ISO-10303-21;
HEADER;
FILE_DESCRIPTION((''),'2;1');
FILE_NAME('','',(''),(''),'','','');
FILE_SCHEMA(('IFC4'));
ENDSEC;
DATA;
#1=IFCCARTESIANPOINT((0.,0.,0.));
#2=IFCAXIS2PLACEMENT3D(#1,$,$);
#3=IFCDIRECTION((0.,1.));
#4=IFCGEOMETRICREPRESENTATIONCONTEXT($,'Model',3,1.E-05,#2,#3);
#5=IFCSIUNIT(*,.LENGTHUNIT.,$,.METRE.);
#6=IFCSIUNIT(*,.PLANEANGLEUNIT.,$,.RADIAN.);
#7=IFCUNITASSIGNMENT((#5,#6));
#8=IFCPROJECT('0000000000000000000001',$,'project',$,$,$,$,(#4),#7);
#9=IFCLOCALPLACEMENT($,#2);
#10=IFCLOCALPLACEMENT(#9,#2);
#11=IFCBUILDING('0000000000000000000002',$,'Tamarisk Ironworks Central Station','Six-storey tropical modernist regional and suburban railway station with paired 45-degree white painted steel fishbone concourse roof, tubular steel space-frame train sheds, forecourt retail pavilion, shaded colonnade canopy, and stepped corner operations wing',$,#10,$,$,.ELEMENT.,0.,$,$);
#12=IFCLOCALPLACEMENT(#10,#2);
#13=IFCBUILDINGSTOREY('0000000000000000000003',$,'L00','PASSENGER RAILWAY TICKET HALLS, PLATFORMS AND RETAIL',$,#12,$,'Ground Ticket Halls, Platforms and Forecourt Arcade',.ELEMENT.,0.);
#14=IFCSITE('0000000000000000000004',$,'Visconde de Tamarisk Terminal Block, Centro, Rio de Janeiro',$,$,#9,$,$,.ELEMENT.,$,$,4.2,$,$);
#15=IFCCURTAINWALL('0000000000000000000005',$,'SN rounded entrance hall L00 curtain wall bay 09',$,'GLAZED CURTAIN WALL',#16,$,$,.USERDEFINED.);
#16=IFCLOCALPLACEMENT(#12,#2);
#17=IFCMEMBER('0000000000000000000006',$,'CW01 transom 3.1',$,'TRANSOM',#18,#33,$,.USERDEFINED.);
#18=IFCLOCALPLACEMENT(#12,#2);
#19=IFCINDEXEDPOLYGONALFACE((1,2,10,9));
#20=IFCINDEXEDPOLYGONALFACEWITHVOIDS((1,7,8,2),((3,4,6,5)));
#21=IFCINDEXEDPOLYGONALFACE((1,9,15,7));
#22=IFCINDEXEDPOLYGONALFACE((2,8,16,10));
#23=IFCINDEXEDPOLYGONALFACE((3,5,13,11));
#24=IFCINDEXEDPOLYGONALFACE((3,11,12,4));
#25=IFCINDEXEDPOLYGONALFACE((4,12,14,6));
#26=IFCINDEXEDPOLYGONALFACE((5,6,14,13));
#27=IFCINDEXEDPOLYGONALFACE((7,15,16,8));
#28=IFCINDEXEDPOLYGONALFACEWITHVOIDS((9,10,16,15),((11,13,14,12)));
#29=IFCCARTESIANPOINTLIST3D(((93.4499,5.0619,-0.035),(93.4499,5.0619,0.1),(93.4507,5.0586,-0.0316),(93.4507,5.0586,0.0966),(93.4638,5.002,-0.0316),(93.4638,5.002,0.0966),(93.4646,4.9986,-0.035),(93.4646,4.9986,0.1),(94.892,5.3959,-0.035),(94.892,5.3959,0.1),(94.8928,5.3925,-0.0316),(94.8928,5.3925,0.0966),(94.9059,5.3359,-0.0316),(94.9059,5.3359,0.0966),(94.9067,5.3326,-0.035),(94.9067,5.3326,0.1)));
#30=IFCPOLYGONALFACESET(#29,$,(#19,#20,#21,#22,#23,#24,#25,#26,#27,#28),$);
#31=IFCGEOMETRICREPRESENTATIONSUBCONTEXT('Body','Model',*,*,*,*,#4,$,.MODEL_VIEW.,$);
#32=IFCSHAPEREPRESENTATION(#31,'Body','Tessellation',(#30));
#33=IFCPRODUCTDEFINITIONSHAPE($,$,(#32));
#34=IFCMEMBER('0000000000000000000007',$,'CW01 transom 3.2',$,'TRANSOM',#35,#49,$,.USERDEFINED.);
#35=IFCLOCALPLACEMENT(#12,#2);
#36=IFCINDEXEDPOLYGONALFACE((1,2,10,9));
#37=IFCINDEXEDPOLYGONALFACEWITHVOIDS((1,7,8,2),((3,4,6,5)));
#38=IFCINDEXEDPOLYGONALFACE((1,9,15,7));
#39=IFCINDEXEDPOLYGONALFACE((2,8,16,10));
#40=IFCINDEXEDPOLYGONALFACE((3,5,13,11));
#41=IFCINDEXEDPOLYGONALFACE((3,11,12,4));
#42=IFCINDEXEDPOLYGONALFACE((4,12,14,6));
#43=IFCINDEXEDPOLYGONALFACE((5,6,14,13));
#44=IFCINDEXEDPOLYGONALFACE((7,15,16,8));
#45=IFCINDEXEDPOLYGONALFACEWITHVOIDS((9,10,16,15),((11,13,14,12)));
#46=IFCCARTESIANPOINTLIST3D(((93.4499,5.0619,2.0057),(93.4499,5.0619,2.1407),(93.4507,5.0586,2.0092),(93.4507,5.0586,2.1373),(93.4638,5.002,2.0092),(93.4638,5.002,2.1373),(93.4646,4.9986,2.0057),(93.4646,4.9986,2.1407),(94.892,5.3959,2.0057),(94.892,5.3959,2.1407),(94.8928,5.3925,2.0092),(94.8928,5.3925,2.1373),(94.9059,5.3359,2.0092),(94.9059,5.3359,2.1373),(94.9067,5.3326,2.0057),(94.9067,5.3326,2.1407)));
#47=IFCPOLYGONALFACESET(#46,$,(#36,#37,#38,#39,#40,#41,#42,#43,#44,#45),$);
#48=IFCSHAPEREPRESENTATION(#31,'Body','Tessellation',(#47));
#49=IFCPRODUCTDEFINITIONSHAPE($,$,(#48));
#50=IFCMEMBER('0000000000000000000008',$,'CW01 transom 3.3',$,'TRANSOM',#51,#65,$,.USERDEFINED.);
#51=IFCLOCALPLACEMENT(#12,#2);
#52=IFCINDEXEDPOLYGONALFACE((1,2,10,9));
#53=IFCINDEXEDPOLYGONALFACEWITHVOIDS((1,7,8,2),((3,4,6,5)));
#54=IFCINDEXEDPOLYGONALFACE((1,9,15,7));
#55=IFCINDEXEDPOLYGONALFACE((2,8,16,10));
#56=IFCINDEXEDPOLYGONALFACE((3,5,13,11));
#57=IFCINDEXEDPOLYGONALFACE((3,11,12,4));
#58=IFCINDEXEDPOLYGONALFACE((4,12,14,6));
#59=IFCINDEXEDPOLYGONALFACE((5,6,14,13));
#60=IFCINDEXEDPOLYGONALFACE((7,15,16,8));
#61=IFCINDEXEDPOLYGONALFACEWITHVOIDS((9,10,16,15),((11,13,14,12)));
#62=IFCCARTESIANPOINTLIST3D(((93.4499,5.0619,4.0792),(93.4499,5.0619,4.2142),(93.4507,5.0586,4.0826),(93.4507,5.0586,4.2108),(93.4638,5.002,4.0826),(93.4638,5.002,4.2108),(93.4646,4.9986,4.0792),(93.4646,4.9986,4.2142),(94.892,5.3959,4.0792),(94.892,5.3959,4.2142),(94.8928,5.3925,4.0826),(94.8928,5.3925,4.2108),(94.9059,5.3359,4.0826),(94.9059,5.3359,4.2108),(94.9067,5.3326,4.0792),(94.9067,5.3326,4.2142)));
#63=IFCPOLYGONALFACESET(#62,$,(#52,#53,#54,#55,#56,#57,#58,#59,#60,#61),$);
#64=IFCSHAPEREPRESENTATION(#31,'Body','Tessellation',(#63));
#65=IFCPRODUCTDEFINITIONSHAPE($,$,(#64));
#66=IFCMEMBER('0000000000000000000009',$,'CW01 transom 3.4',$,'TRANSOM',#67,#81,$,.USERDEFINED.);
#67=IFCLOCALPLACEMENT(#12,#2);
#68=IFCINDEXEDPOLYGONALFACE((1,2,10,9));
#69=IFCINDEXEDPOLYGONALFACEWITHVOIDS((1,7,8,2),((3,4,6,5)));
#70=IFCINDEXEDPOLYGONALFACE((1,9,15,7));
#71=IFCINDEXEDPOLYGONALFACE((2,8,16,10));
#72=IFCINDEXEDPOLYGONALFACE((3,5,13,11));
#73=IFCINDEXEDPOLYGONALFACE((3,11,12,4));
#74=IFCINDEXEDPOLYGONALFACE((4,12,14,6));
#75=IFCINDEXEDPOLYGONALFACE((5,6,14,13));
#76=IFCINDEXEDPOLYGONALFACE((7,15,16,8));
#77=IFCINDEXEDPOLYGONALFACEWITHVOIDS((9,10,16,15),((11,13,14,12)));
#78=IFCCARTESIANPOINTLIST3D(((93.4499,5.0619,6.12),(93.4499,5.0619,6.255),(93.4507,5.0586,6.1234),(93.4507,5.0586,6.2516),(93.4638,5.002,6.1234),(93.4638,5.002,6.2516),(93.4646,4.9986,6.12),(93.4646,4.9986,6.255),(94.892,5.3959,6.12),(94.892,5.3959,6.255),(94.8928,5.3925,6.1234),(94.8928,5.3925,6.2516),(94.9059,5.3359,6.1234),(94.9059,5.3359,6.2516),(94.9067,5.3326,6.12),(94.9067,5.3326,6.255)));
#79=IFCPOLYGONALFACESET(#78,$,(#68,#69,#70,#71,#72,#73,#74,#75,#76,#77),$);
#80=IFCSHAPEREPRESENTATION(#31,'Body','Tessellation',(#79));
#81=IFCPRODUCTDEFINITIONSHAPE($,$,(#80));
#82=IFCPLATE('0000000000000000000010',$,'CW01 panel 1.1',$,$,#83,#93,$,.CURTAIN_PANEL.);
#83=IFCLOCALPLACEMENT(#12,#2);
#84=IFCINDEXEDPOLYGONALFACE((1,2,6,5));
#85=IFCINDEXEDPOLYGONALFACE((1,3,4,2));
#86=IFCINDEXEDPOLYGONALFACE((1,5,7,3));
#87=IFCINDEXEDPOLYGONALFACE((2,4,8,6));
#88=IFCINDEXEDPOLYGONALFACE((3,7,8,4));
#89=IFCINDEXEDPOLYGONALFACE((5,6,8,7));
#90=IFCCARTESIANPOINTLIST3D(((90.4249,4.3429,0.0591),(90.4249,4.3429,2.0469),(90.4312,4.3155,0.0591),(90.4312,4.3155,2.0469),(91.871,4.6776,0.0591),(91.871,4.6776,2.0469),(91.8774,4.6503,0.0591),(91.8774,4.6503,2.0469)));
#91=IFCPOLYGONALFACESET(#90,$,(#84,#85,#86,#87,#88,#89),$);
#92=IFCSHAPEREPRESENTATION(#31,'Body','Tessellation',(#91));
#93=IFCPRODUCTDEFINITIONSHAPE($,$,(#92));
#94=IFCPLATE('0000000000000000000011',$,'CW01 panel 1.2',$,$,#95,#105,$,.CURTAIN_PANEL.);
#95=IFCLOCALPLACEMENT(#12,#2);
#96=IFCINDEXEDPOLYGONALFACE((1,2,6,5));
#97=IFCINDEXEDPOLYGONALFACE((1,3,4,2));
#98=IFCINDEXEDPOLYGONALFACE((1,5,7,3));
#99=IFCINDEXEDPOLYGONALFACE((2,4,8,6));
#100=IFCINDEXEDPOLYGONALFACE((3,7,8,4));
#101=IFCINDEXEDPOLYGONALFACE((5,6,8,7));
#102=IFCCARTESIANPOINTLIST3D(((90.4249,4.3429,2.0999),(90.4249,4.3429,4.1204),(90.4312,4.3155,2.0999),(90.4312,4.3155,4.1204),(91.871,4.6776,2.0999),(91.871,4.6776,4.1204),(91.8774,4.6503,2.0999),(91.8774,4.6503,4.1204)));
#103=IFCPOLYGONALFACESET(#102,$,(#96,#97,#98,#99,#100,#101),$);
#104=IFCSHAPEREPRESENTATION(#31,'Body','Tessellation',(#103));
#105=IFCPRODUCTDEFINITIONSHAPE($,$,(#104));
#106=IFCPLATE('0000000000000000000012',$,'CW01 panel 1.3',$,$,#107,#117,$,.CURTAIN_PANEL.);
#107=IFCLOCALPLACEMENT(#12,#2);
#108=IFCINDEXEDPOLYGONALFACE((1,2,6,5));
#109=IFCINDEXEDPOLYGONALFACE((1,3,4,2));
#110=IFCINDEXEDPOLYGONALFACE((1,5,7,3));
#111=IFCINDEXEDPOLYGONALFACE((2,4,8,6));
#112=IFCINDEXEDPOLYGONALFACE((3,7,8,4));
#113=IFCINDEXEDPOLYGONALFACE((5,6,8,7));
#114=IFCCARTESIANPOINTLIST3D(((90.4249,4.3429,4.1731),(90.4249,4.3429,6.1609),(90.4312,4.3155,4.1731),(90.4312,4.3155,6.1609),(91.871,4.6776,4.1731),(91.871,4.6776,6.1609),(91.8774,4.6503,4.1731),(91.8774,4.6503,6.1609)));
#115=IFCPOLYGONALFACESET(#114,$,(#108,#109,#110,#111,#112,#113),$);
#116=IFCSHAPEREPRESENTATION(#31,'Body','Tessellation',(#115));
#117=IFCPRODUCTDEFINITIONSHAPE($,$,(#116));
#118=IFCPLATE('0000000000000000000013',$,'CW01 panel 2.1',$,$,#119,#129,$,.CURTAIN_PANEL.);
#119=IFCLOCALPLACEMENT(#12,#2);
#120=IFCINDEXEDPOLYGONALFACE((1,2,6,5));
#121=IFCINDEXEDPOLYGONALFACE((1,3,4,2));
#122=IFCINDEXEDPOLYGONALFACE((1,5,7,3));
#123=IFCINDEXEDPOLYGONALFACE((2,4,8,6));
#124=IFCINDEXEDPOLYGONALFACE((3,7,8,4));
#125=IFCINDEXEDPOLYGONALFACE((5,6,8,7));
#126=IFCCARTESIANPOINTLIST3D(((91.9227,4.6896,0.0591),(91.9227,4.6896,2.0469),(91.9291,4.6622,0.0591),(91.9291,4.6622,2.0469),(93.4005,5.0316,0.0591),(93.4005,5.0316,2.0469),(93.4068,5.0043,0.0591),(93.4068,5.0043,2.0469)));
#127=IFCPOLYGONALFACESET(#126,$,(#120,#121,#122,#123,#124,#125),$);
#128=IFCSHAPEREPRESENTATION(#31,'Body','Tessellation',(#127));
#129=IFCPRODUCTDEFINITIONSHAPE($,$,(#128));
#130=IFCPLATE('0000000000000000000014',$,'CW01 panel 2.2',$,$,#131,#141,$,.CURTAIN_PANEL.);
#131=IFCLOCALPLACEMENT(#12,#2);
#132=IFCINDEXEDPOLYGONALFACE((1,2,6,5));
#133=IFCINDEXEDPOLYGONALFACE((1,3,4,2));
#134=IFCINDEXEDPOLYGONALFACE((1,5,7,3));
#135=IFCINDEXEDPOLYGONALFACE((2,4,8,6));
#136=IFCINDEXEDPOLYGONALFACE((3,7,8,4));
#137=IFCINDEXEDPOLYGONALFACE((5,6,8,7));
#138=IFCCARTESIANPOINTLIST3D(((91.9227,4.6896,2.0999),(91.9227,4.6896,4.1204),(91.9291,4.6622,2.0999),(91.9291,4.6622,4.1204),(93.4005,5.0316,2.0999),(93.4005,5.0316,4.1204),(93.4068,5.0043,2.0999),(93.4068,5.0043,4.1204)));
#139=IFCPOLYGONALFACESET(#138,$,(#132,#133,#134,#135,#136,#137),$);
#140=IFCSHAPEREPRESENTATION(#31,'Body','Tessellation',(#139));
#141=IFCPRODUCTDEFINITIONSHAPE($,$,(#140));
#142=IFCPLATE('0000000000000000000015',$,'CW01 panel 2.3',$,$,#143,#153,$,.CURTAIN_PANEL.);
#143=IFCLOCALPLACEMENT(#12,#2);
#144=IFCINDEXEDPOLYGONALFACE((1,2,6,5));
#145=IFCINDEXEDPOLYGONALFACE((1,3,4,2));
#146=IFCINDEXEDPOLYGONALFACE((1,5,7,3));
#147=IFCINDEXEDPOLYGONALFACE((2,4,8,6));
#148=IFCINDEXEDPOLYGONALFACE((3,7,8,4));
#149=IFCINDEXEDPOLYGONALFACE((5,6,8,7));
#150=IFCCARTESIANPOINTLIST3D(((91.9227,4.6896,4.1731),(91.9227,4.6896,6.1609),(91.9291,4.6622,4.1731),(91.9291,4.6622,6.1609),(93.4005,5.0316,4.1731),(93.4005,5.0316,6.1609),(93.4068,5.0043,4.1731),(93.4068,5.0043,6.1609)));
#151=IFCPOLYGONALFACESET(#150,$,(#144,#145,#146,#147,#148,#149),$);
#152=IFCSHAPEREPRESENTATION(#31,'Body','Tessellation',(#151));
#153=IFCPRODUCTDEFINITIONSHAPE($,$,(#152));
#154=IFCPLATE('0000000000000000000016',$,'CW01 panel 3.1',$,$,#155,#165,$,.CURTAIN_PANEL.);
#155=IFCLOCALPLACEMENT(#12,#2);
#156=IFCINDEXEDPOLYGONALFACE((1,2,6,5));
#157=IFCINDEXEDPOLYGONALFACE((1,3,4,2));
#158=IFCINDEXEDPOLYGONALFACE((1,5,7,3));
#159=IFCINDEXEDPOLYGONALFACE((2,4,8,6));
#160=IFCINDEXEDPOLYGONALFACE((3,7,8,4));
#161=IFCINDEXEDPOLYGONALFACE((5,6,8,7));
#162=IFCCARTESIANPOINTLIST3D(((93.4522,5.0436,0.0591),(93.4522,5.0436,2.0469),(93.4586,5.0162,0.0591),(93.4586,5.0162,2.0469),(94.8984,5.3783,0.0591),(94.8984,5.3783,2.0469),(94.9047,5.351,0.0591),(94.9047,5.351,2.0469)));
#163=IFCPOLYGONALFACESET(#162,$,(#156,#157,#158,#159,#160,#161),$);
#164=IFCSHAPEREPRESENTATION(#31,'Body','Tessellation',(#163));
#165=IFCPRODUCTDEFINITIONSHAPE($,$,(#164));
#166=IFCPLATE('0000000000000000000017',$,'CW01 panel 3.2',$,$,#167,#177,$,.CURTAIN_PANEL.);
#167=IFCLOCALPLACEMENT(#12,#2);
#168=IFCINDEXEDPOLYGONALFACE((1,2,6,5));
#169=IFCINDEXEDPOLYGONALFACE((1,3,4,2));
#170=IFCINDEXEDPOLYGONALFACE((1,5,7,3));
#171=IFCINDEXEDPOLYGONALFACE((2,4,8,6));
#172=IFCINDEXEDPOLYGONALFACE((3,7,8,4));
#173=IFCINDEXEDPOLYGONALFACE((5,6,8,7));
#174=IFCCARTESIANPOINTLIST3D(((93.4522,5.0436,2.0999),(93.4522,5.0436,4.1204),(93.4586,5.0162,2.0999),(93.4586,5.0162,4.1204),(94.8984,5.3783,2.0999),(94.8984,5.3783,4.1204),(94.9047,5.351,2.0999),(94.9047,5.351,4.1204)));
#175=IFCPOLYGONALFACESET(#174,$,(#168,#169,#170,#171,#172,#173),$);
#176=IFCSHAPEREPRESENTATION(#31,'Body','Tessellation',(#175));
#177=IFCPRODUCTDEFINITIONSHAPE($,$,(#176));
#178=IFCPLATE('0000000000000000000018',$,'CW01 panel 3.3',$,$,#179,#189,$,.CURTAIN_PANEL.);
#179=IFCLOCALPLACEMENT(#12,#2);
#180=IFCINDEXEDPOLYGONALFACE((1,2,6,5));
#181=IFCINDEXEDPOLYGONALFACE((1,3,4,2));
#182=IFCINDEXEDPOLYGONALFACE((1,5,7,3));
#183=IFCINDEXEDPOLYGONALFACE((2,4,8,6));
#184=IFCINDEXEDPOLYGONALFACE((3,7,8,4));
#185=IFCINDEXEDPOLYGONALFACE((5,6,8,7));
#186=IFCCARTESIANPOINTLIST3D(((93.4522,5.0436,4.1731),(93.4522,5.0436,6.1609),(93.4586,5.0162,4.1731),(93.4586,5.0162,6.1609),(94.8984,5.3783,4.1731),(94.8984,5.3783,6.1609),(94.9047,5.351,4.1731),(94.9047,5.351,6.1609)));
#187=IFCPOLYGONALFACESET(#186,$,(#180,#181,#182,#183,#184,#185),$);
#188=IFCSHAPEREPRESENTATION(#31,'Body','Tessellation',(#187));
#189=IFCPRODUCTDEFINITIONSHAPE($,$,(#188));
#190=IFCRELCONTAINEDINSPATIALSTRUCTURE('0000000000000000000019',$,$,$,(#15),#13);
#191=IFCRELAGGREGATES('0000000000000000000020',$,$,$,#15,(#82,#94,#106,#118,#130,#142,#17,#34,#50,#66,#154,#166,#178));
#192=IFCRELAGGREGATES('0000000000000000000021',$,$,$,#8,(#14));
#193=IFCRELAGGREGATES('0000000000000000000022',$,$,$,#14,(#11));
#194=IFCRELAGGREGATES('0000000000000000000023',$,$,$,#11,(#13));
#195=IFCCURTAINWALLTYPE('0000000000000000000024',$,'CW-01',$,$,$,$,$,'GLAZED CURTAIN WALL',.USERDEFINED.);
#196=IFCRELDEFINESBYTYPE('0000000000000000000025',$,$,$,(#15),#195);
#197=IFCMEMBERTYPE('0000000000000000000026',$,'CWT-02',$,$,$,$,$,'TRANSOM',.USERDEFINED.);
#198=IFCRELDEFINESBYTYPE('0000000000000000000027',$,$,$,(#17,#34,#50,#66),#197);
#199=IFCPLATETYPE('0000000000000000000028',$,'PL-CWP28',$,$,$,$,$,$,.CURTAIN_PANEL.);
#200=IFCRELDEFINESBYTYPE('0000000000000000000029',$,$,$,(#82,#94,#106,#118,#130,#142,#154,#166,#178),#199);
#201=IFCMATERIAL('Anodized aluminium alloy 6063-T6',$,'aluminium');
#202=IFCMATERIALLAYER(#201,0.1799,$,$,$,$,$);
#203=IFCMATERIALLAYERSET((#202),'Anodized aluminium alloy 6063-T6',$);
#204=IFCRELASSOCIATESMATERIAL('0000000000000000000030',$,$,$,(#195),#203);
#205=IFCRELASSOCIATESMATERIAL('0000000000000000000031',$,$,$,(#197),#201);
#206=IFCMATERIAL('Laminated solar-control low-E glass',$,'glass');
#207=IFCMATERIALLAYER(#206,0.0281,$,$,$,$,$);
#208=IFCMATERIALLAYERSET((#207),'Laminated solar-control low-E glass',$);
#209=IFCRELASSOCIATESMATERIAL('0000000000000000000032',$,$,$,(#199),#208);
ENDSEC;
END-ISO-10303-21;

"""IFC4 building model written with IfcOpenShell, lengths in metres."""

from ifc_helpers import new_model, si_unit, direction, frame, origin, origin_2d, place, context, subcontext, project, spatial, rectangle, hollow_rectangle, extrude, material, layer, layer_set, material_profile, profile_set, type_object, element, aggregate, save


model = new_model("IFC4")

# Units and contexts
model_context = context("Model", 3, precision=1e-05, world=origin(), true_north=direction((0.0, 1.0)))
body_context = subcontext(model_context, "Body", "Model", "MODEL_VIEW")
ifc_project = project(units=[si_unit("LENGTHUNIT", "METRE"), si_unit("PLANEANGLEUNIT", "RADIAN")], contexts=[model_context])

# Site, building, storey
site_placement = place(None, origin())
site = spatial("IfcSite", under=ifc_project, at=site_placement, Name="Visconde de Tamarisk Terminal Block, Centro, Rio de Janeiro", CompositionType="ELEMENT", RefElevation=4.2)
building_placement = place(site_placement, origin())
building = spatial("IfcBuilding", under=site, at=building_placement, Name="Tamarisk Ironworks Central Station", Description="Six-storey tropical modernist regional and suburban railway station with paired 45-degree white painted steel fishbone concourse roof, tubular steel space-frame train sheds, forecourt retail pavilion, shaded colonnade canopy, and stepped corner operations wing", CompositionType="ELEMENT", ElevationOfRefHeight=0.0)
storey_placement = place(building_placement, origin())
storey = spatial("IfcBuildingStorey", under=building, at=storey_placement, Name="L00", Description="PASSENGER RAILWAY TICKET HALLS, PLATFORMS AND RETAIL", LongName="Ground Ticket Halls, Platforms and Forecourt Arcade", CompositionType="ELEMENT", Elevation=0.0)

# Curtain wall
ifc_material_1 = material(Name="Anodized aluminium alloy 6063-T6", Category="aluminium")
ifc_layer_1 = layer(ifc_material_1, 0.1799)
ifc_layer_set_1 = layer_set([ifc_layer_1], Name="Anodized aluminium alloy 6063-T6")
curtain_wall_type = type_object("IfcCurtainWallType", Name="CW-01", ElementType="GLAZED CURTAIN WALL", PredefinedType="USERDEFINED", material=ifc_layer_set_1)
curtain_wall_1_placement = place(storey_placement, origin())
curtain_wall_1 = element("IfcCurtainWall", 1, at=curtain_wall_1_placement, inside=storey, type_object=curtain_wall_type, Name="SN rounded entrance hall L00 curtain wall bay 09", ObjectType="GLAZED CURTAIN WALL", PredefinedType="USERDEFINED")

# Members
ifc_material_profile_1 = material_profile(ifc_material_1, hollow_rectangle(XDim=0.0649, YDim=0.135, WallThickness=0.0034, at=origin_2d()), Name="ALUM 135x65")
ifc_profile_set_1 = profile_set([ifc_material_profile_1], Name="Anodized aluminium alloy 6063-T6")
member_type_1 = type_object("IfcMemberType", Name="CWT-02", ElementType="TRANSOM", PredefinedType="USERDEFINED", material=ifc_profile_set_1)
member_1_placement = place(storey_placement, frame((93.4573, 5.0303, 0.0325), z_axis=(0.974216, 0.225618, 0.0), x_axis=(-0.225618, 0.974216, 0.0)))
member_1 = element("IfcMember", 2, at=member_1_placement, type_object=member_type_1, Name="CW01 transom 3.1", ObjectType="TRANSOM", PredefinedType="USERDEFINED", context=body_context, shape_type="SweptSolid", body=[
    extrude(hollow_rectangle(XDim=0.0649, YDim=0.135, WallThickness=0.0034, at=origin_2d()), origin(), (0.0, 0.0, 1.0), 1.4802),
])
member_2_placement = place(storey_placement, frame((93.4573, 5.0303, 2.0732), z_axis=(0.974216, 0.225618, 0.0), x_axis=(-0.225618, 0.974216, 0.0)))
member_2 = element("IfcMember", 3, at=member_2_placement, type_object=member_type_1, Name="CW01 transom 3.2", ObjectType="TRANSOM", PredefinedType="USERDEFINED", context=body_context, shape_type="SweptSolid", body=[
    extrude(hollow_rectangle(XDim=0.0649, YDim=0.135, WallThickness=0.0034, at=origin_2d()), origin(), (0.0, 0.0, 1.0), 1.4802),
])
member_3_placement = place(storey_placement, frame((93.4573, 5.0303, 4.1467), z_axis=(0.974216, 0.225618, 0.0), x_axis=(-0.225618, 0.974216, 0.0)))
member_3 = element("IfcMember", 4, at=member_3_placement, type_object=member_type_1, Name="CW01 transom 3.3", ObjectType="TRANSOM", PredefinedType="USERDEFINED", context=body_context, shape_type="SweptSolid", body=[
    extrude(hollow_rectangle(XDim=0.0649, YDim=0.135, WallThickness=0.0034, at=origin_2d()), origin(), (0.0, 0.0, 1.0), 1.4802),
])
member_4_placement = place(storey_placement, frame((93.4573, 5.0303, 6.1875), z_axis=(0.974216, 0.225618, 0.0), x_axis=(-0.225618, 0.974216, 0.0)))
member_4 = element("IfcMember", 5, at=member_4_placement, type_object=member_type_1, Name="CW01 transom 3.4", ObjectType="TRANSOM", PredefinedType="USERDEFINED", context=body_context, shape_type="SweptSolid", body=[
    extrude(hollow_rectangle(XDim=0.0649, YDim=0.135, WallThickness=0.0034, at=origin_2d()), origin(), (0.0, 0.0, 1.0), 1.4802),
])

# Plates
ifc_material_2 = material(Name="Laminated solar-control low-E glass", Category="glass")
ifc_layer_2 = layer(ifc_material_2, 0.0281)
ifc_layer_set_2 = layer_set([ifc_layer_2], Name="Laminated solar-control low-E glass")
plate_type = type_object("IfcPlateType", Name="PL-CWP28", PredefinedType="CURTAIN_PANEL", material=ifc_layer_set_2)
plate_1_placement = place(storey_placement, frame((91.1511, 4.4966, 0.0591), z_axis=(0.0, 0.0, 1.0), x_axis=(0.974239, 0.225517, 0.0)))
plate_1 = element("IfcPlate", 6, at=plate_1_placement, type_object=plate_type, Name="CW01 panel 1.1", PredefinedType="CURTAIN_PANEL", context=body_context, shape_type="SweptSolid", body=[
    extrude(rectangle(XDim=1.4844, YDim=0.0281, at=origin_2d()), origin(), (0.0, 0.0, 1.0), 1.9878),
])
plate_2_placement = place(storey_placement, frame((91.1511, 4.4966, 2.0999), z_axis=(0.0, 0.0, 1.0), x_axis=(0.974239, 0.225517, 0.0)))
plate_2 = element("IfcPlate", 7, at=plate_2_placement, type_object=plate_type, Name="CW01 panel 1.2", PredefinedType="CURTAIN_PANEL", context=body_context, shape_type="SweptSolid", body=[
    extrude(rectangle(XDim=1.4844, YDim=0.0281, at=origin_2d()), origin(), (0.0, 0.0, 1.0), 2.0205),
])
plate_3_placement = place(storey_placement, frame((91.1511, 4.4966, 4.1731), z_axis=(0.0, 0.0, 1.0), x_axis=(0.974239, 0.225517, 0.0)))
plate_3 = element("IfcPlate", 8, at=plate_3_placement, type_object=plate_type, Name="CW01 panel 1.3", PredefinedType="CURTAIN_PANEL", context=body_context, shape_type="SweptSolid", body=[
    extrude(rectangle(XDim=1.4844, YDim=0.0281, at=origin_2d()), origin(), (0.0, 0.0, 1.0), 1.9878),
])
plate_4_placement = place(storey_placement, frame((92.6648, 4.8469, 0.0591), z_axis=(0.0, 0.0, 1.0), x_axis=(0.974239, 0.225517, 0.0)))
plate_4 = element("IfcPlate", 9, at=plate_4_placement, type_object=plate_type, Name="CW01 panel 2.1", PredefinedType="CURTAIN_PANEL", context=body_context, shape_type="SweptSolid", body=[
    extrude(rectangle(XDim=1.5168, YDim=0.0281, at=origin_2d()), origin(), (0.0, 0.0, 1.0), 1.9878),
])
plate_5_placement = place(storey_placement, frame((92.6648, 4.8469, 2.0999), z_axis=(0.0, 0.0, 1.0), x_axis=(0.974239, 0.225517, 0.0)))
plate_5 = element("IfcPlate", 10, at=plate_5_placement, type_object=plate_type, Name="CW01 panel 2.2", PredefinedType="CURTAIN_PANEL", context=body_context, shape_type="SweptSolid", body=[
    extrude(rectangle(XDim=1.5168, YDim=0.0281, at=origin_2d()), origin(), (0.0, 0.0, 1.0), 2.0205),
])
plate_6_placement = place(storey_placement, frame((92.6648, 4.8469, 4.1731), z_axis=(0.0, 0.0, 1.0), x_axis=(0.974239, 0.225517, 0.0)))
plate_6 = element("IfcPlate", 11, at=plate_6_placement, type_object=plate_type, Name="CW01 panel 2.3", PredefinedType="CURTAIN_PANEL", context=body_context, shape_type="SweptSolid", body=[
    extrude(rectangle(XDim=1.5168, YDim=0.0281, at=origin_2d()), origin(), (0.0, 0.0, 1.0), 1.9878),
])
plate_7_placement = place(storey_placement, frame((94.1785, 5.1973, 0.0591), z_axis=(0.0, 0.0, 1.0), x_axis=(0.974239, 0.225517, 0.0)))
plate_7 = element("IfcPlate", 12, at=plate_7_placement, type_object=plate_type, Name="CW01 panel 3.1", PredefinedType="CURTAIN_PANEL", context=body_context, shape_type="SweptSolid", body=[
    extrude(rectangle(XDim=1.4844, YDim=0.0281, at=origin_2d()), origin(), (0.0, 0.0, 1.0), 1.9878),
])
plate_8_placement = place(storey_placement, frame((94.1785, 5.1973, 2.0999), z_axis=(0.0, 0.0, 1.0), x_axis=(0.974239, 0.225517, 0.0)))
plate_8 = element("IfcPlate", 13, at=plate_8_placement, type_object=plate_type, Name="CW01 panel 3.2", PredefinedType="CURTAIN_PANEL", context=body_context, shape_type="SweptSolid", body=[
    extrude(rectangle(XDim=1.4844, YDim=0.0281, at=origin_2d()), origin(), (0.0, 0.0, 1.0), 2.0205),
])
plate_9_placement = place(storey_placement, frame((94.1785, 5.1973, 4.1731), z_axis=(0.0, 0.0, 1.0), x_axis=(0.974239, 0.225517, 0.0)))
plate_9 = element("IfcPlate", 14, at=plate_9_placement, type_object=plate_type, Name="CW01 panel 3.3", PredefinedType="CURTAIN_PANEL", context=body_context, shape_type="SweptSolid", body=[
    extrude(rectangle(XDim=1.4844, YDim=0.0281, at=origin_2d()), origin(), (0.0, 0.0, 1.0), 1.9878),
])
aggregate(curtain_wall_1, [plate_1, plate_2, plate_3, plate_4, plate_5, plate_6, member_1, member_2, member_3, member_4, plate_7, plate_8, plate_9])

save(model, "model.ifc")
